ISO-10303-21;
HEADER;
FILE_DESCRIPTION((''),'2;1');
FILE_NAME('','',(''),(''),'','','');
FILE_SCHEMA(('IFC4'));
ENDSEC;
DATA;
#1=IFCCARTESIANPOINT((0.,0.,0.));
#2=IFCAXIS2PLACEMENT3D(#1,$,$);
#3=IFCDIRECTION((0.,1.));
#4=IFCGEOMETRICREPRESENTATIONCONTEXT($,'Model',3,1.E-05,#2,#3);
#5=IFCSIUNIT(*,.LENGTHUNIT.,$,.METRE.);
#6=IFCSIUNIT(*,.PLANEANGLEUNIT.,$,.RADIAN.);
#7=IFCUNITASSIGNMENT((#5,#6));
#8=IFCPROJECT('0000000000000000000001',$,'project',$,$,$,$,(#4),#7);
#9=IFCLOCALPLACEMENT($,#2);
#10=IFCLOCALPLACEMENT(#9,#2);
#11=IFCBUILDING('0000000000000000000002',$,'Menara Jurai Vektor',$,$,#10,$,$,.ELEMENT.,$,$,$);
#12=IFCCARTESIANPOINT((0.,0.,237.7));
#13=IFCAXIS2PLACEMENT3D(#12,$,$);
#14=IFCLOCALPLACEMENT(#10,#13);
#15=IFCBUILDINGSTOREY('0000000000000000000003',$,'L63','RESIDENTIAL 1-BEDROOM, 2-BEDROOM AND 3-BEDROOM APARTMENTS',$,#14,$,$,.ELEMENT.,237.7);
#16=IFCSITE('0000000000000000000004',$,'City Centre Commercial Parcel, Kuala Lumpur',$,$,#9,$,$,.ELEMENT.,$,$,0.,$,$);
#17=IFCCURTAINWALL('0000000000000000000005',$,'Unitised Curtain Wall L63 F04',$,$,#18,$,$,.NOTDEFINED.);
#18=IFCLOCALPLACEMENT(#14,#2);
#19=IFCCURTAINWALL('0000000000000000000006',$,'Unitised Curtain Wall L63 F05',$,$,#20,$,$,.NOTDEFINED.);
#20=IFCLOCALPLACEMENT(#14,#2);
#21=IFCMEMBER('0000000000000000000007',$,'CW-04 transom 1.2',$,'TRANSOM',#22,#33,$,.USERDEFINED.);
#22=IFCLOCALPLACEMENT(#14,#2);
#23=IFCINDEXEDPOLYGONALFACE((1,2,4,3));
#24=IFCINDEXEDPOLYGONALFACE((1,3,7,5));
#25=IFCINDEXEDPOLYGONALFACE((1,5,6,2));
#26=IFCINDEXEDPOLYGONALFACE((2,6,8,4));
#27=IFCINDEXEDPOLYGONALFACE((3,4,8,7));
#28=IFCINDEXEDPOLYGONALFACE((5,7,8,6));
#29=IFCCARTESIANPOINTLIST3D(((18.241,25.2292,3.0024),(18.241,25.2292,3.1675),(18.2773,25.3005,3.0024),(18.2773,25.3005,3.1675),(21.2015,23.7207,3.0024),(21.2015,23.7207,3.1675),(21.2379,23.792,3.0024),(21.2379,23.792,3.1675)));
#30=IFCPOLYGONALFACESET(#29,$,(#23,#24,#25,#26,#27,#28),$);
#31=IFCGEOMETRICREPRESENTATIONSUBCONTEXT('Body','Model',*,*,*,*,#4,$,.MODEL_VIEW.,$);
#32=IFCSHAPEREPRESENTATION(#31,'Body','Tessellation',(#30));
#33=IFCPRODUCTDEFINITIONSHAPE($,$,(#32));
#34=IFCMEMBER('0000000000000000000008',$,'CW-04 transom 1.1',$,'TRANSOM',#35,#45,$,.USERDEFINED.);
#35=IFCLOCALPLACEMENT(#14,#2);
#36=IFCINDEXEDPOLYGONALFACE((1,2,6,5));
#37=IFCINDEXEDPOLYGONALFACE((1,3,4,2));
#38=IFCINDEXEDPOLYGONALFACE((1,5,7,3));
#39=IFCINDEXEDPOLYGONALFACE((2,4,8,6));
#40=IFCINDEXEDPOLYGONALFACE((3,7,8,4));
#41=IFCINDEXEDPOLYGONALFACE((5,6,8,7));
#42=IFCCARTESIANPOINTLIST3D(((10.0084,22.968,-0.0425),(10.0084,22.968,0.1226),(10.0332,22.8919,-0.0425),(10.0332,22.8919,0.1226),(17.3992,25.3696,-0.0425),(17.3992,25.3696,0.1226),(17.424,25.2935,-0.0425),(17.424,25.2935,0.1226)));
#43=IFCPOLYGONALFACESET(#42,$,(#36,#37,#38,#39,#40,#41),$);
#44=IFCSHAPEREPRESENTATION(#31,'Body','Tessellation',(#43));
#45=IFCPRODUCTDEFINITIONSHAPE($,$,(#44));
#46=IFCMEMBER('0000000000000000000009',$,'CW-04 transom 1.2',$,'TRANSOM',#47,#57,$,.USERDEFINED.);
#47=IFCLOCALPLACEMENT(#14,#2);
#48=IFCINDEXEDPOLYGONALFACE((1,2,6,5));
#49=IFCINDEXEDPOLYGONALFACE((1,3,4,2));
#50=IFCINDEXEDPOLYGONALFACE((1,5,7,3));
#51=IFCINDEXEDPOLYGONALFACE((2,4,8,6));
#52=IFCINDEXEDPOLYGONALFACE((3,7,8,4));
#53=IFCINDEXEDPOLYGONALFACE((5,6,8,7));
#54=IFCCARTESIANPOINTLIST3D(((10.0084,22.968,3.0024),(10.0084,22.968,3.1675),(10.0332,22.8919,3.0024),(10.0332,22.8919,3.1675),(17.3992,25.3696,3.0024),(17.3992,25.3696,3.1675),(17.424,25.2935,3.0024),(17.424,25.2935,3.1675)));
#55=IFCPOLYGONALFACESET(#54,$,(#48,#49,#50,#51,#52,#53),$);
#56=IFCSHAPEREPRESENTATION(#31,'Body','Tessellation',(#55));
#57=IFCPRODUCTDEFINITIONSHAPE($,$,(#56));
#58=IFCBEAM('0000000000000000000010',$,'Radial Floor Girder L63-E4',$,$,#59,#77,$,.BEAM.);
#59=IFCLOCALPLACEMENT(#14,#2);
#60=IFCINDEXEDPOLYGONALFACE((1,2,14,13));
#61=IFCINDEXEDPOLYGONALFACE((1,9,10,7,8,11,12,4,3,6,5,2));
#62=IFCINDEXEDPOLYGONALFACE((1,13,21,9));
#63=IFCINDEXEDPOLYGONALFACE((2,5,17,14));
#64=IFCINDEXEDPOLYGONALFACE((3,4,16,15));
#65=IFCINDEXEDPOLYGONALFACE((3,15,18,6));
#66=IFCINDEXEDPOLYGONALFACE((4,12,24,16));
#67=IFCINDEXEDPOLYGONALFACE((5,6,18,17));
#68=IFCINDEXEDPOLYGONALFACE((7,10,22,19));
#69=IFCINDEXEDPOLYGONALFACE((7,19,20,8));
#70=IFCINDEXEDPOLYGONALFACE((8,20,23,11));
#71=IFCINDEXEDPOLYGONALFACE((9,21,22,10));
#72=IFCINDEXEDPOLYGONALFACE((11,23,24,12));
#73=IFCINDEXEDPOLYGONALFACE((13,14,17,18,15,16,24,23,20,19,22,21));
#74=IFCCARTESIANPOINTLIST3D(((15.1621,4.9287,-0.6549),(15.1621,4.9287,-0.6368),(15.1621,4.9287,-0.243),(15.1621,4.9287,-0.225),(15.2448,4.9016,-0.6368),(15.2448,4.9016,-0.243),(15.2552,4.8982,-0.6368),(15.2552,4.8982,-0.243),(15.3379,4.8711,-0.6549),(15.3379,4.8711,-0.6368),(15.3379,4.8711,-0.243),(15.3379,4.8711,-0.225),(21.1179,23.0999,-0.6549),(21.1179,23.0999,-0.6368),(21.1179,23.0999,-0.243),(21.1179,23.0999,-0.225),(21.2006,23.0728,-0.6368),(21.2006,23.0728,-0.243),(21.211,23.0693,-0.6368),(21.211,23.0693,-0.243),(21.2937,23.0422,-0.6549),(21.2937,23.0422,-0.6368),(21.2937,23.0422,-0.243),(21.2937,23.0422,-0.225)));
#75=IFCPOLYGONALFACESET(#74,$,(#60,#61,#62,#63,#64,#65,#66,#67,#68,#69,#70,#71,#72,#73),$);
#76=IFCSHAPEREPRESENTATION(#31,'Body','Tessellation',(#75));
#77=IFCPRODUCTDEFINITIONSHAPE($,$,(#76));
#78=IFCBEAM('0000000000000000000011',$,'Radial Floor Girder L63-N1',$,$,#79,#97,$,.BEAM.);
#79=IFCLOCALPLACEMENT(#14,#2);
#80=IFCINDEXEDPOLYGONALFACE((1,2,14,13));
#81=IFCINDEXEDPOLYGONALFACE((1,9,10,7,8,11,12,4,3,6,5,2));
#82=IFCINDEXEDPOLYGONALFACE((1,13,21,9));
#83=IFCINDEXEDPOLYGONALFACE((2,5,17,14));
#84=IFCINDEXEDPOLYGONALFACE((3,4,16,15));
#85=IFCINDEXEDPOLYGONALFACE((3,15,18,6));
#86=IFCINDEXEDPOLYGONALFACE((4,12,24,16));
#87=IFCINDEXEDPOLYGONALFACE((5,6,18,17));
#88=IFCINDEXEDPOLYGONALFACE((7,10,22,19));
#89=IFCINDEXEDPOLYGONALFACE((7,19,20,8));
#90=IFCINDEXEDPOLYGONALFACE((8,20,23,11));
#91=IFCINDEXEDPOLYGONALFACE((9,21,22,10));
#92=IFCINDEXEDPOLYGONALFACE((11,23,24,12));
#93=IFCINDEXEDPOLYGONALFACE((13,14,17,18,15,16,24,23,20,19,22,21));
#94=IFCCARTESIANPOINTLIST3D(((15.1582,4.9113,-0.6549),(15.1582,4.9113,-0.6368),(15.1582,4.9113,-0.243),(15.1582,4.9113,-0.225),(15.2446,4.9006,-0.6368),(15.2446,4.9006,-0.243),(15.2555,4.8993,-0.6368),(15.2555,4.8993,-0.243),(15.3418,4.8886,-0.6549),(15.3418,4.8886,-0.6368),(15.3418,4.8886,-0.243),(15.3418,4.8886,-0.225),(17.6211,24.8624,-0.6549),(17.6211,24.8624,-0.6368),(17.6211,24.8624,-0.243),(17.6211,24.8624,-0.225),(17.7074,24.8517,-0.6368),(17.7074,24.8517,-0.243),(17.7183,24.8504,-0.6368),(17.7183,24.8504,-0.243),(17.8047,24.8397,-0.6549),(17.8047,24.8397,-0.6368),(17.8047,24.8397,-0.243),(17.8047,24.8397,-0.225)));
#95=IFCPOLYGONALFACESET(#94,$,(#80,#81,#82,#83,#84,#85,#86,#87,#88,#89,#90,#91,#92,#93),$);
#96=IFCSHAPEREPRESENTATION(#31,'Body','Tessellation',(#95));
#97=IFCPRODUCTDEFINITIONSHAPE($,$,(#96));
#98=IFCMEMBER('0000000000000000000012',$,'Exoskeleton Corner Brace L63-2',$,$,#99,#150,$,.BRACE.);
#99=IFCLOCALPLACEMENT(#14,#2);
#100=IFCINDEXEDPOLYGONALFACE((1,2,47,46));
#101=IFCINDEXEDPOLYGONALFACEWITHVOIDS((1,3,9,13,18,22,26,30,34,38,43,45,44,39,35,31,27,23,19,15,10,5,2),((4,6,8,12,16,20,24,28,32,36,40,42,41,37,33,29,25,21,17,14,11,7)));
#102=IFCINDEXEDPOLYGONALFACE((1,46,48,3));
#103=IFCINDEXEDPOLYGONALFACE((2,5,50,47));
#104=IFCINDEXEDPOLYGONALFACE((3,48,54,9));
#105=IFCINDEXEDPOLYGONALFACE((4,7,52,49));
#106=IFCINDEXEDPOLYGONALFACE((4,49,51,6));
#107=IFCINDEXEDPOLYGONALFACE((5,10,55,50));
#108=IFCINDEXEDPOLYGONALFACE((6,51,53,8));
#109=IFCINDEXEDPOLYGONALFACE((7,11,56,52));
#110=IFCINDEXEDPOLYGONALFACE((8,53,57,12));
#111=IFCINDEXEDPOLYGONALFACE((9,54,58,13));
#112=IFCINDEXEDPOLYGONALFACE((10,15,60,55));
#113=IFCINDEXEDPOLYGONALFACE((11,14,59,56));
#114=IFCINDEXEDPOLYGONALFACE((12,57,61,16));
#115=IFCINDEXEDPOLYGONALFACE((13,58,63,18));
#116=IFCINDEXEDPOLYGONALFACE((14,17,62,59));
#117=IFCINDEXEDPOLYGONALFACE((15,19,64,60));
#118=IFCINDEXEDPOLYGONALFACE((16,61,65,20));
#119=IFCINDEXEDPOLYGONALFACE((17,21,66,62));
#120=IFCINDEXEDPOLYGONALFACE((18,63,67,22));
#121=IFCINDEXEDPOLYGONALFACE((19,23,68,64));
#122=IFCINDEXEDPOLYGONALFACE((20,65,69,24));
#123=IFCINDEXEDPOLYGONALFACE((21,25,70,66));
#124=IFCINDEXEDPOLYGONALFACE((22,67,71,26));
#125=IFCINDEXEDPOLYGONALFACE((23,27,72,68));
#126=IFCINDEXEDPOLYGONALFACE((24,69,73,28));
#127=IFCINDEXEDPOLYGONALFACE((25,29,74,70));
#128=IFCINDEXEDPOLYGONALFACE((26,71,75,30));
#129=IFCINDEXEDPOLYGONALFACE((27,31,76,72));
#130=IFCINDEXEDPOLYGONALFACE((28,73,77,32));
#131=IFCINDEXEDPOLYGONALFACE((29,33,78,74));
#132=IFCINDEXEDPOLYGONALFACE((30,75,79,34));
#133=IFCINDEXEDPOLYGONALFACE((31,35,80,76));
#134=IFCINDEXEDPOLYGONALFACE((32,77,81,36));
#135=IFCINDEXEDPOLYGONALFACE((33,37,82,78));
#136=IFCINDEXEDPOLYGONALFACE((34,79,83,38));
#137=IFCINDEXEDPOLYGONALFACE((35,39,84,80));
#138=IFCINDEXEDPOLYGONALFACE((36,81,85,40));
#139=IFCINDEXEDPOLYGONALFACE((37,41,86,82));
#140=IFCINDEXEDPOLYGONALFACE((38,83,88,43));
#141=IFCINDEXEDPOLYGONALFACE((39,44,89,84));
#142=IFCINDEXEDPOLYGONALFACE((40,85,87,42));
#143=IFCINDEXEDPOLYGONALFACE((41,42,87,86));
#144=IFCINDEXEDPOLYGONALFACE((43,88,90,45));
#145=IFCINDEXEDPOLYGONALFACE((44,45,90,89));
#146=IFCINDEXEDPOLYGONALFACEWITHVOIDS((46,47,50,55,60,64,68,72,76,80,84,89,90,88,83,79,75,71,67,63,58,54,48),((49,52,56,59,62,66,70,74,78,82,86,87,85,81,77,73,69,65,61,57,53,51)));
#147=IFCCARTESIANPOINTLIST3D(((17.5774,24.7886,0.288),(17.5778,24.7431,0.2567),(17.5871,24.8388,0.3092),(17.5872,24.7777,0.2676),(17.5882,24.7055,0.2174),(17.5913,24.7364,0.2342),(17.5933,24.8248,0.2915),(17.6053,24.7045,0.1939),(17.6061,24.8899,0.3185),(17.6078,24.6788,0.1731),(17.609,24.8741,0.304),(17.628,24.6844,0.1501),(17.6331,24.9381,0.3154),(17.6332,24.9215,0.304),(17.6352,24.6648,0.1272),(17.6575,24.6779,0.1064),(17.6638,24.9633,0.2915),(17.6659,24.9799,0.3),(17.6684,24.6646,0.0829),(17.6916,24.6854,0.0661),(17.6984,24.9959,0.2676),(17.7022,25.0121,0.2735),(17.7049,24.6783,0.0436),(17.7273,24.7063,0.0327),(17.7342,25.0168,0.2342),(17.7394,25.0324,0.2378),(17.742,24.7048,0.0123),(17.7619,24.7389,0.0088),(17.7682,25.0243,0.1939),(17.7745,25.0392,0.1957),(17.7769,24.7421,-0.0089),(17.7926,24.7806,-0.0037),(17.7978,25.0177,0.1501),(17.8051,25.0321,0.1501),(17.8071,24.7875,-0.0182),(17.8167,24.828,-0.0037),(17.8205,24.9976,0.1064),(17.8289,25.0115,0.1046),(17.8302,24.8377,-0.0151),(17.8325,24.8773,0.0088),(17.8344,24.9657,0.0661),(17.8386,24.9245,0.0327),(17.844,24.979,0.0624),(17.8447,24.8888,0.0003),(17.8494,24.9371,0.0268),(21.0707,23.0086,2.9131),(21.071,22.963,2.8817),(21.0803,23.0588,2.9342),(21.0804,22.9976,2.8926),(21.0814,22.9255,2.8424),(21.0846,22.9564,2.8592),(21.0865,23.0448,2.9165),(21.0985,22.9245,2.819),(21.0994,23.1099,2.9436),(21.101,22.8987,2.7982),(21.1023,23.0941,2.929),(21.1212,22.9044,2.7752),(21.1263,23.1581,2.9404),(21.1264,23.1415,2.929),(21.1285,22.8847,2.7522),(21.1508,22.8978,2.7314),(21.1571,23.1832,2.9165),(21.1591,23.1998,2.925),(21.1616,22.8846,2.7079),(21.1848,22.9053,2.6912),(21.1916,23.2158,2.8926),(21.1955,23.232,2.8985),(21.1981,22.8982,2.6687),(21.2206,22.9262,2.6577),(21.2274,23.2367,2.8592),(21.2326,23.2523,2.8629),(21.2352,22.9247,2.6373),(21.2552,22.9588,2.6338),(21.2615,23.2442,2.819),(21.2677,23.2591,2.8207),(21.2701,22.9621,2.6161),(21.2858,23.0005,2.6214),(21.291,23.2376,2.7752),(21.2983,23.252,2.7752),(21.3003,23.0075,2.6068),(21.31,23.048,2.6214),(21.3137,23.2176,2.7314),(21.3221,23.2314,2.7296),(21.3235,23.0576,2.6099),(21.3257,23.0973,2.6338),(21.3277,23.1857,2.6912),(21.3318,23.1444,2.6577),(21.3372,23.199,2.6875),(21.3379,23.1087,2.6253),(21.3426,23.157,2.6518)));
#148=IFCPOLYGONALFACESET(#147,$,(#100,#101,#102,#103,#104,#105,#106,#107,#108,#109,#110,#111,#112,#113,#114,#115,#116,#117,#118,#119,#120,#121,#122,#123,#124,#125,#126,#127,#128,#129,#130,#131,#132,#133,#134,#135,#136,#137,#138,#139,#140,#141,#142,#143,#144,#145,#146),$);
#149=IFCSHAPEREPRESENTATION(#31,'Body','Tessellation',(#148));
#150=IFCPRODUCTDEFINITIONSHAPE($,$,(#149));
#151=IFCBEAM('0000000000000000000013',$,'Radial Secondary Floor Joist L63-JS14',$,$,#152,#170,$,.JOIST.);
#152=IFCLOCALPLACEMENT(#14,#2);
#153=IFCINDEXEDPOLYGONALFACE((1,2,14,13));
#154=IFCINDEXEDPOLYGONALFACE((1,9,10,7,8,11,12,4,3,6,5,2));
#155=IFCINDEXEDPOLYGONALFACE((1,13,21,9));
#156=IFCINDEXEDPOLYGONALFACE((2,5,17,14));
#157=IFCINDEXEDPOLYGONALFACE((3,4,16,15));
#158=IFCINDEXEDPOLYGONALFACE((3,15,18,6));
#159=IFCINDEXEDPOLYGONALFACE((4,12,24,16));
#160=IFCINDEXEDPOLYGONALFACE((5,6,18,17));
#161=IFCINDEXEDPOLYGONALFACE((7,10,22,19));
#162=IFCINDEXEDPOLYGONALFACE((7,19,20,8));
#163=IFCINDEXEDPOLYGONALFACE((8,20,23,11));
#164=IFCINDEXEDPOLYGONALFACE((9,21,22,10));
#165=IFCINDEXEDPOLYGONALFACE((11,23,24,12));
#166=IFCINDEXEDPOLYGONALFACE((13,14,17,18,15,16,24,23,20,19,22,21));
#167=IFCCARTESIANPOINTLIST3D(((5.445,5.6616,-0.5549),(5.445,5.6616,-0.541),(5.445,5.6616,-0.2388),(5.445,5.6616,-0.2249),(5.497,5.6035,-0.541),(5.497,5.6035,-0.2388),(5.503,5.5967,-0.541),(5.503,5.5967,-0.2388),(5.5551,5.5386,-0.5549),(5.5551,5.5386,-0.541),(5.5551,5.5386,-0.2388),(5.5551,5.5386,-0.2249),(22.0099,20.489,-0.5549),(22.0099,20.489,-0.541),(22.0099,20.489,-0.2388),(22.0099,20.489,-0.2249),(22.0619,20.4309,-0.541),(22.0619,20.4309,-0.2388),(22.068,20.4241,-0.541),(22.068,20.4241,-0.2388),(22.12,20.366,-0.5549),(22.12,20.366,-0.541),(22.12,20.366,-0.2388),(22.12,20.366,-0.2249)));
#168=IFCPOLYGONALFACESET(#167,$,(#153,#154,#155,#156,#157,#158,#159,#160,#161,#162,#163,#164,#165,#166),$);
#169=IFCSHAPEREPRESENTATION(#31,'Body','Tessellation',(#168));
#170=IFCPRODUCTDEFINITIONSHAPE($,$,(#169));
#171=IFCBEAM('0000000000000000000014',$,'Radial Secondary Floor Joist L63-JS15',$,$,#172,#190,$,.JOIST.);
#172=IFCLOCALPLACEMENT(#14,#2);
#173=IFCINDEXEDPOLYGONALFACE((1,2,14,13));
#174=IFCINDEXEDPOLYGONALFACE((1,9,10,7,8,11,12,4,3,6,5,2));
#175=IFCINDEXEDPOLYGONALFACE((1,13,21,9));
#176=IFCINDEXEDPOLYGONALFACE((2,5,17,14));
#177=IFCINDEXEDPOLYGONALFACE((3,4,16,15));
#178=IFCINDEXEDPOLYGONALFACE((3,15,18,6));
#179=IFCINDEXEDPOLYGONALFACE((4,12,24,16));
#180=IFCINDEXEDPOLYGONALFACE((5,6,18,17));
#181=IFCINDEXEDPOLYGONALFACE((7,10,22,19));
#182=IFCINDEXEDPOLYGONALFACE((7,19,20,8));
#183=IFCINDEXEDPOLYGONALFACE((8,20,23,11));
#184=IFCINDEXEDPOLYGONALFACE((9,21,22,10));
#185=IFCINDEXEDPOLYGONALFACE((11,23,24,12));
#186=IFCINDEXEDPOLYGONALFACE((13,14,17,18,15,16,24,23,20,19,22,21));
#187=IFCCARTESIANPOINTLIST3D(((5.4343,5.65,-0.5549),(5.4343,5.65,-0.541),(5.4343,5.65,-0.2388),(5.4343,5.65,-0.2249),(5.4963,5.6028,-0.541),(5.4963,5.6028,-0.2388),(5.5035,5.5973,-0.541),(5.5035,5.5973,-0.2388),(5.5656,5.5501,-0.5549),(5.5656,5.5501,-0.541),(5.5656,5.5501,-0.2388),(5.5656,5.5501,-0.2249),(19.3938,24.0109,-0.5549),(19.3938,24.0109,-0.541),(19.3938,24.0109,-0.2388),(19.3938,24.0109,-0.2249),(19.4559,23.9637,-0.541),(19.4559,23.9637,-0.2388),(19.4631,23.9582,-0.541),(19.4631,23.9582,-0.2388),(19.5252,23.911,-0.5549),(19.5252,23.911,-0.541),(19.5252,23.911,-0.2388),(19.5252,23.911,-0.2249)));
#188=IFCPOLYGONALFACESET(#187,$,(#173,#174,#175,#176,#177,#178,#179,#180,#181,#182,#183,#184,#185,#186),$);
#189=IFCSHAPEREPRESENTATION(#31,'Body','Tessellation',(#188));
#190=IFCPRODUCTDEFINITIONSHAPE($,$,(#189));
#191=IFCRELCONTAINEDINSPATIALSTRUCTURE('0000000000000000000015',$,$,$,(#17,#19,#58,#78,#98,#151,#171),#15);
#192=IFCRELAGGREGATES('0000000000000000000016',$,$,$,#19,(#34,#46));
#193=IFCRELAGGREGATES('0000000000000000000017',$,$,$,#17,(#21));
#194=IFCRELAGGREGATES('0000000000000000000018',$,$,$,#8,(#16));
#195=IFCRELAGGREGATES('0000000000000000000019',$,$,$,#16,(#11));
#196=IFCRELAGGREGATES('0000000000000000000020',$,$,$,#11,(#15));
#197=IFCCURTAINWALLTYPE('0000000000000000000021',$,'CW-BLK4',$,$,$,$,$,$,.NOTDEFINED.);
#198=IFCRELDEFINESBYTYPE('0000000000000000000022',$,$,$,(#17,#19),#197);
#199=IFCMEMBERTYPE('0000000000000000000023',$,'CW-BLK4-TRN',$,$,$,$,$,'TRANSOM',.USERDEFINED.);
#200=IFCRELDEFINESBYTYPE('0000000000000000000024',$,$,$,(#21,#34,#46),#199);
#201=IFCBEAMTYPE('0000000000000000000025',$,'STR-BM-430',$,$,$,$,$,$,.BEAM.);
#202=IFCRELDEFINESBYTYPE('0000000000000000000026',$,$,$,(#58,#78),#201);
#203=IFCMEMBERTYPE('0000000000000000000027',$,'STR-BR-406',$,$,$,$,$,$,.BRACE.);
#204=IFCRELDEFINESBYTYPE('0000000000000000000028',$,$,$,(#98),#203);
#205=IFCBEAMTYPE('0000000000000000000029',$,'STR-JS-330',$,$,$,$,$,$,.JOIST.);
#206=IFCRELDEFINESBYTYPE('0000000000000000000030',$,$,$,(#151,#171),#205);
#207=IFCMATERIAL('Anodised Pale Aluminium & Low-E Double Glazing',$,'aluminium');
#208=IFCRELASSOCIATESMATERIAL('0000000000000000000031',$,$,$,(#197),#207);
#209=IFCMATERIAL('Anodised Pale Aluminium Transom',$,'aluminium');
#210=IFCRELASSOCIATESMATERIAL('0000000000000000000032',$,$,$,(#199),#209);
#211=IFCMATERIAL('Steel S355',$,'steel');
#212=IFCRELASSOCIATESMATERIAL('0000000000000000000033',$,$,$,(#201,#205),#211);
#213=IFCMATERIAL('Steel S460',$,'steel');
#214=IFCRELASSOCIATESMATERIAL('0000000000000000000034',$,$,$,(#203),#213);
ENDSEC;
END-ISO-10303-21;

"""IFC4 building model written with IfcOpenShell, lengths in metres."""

from ifc_helpers import new_model, si_unit, direction, frame, origin, origin_2d, place, context, subcontext, project, spatial, rectangle, hollow_circle, i_section, extrude, material, material_profile, profile_set, type_object, element, aggregate, save


model = new_model("IFC4")

# Units and contexts
model_context = context("Model", 3, precision=1e-05, world=origin(), true_north=direction((0.0, 1.0)))
body_context = subcontext(model_context, "Body", "Model", "MODEL_VIEW")
ifc_project = project(units=[si_unit("LENGTHUNIT", "METRE"), si_unit("PLANEANGLEUNIT", "RADIAN")], contexts=[model_context])

# Site, building, storey
site_placement = place(None, origin())
site = spatial("IfcSite", under=ifc_project, at=site_placement, Name="City Centre Commercial Parcel, Kuala Lumpur", CompositionType="ELEMENT", RefElevation=0.0)
building_placement = place(site_placement, origin())
building = spatial("IfcBuilding", under=site, at=building_placement, Name="Menara Jurai Vektor", CompositionType="ELEMENT")
storey_placement = place(building_placement, frame((0.0, 0.0, 237.7)))
storey = spatial("IfcBuildingStorey", under=building, at=storey_placement, Name="L63", Description="RESIDENTIAL 1-BEDROOM, 2-BEDROOM AND 3-BEDROOM APARTMENTS", CompositionType="ELEMENT", Elevation=237.7)

# Shared definitions
ifc_material_1 = material(Name="Steel S460", Category="steel")

# Shared definitions
ifc_material_2 = material(Name="Anodised Pale Aluminium & Low-E Double Glazing", Category="aluminium")
curtain_wall_type = type_object("IfcCurtainWallType", Name="CW-BLK4", PredefinedType="NOTDEFINED", material=ifc_material_2)

# Curtain wall
curtain_wall_1_placement = place(storey_placement, origin())
curtain_wall_1 = element("IfcCurtainWall", 1, at=curtain_wall_1_placement, inside=storey, type_object=curtain_wall_type, Name="Unitised Curtain Wall L63 F04", PredefinedType="NOTDEFINED")

# Curtain wall
curtain_wall_2_placement = place(storey_placement, origin())
curtain_wall_2 = element("IfcCurtainWall", 2, at=curtain_wall_2_placement, inside=storey, type_object=curtain_wall_type, Name="Unitised Curtain Wall L63 F05", PredefinedType="NOTDEFINED")

# Members
ifc_material_3 = material(Name="Anodised Pale Aluminium Transom", Category="aluminium")
ifc_material_profile_1 = material_profile(ifc_material_3, rectangle(XDim=0.0801, YDim=0.165, at=origin_2d()), Name="ALU TRN 80x165")
ifc_profile_set_1 = profile_set([ifc_material_profile_1], Name="Anodised Pale Aluminium Transom")
member_type_1 = type_object("IfcMemberType", Name="CW-BLK4-TRN", ElementType="TRANSOM", PredefinedType="USERDEFINED", material=ifc_profile_set_1)
member_1_placement = place(storey_placement, frame((21.2197, 23.7563, 3.085), z_axis=(-0.891007, 0.45399, 0.0), x_axis=(-0.45399, -0.891007, 0.0)))
member_1 = element("IfcMember", 3, at=member_1_placement, type_object=member_type_1, Name="CW-04 transom 1.2", ObjectType="TRANSOM", PredefinedType="USERDEFINED", context=body_context, shape_type="SweptSolid", body=[
    extrude(rectangle(XDim=0.0801, YDim=0.165, at=origin_2d()), origin(), (0.0, 0.0, 1.0), 3.3228),
])
member_2_placement = place(storey_placement, frame((17.4116, 25.3315, 0.04), z_axis=(-0.95105, -0.309037, 0.0), x_axis=(0.309037, -0.95105, 0.0)))
member_2 = element("IfcMember", 4, at=member_2_placement, type_object=member_type_1, Name="CW-04 transom 1.1", ObjectType="TRANSOM", PredefinedType="USERDEFINED", context=body_context, shape_type="SweptSolid", body=[
    extrude(rectangle(XDim=0.0801, YDim=0.165, at=origin_2d()), origin(), (0.0, 0.0, 1.0), 7.7712),
])
member_3_placement = place(storey_placement, frame((17.4116, 25.3315, 3.085), z_axis=(-0.95105, -0.309037, 0.0), x_axis=(0.309037, -0.95105, 0.0)))
member_3 = element("IfcMember", 5, at=member_3_placement, type_object=member_type_1, Name="CW-04 transom 1.2", ObjectType="TRANSOM", PredefinedType="USERDEFINED", context=body_context, shape_type="SweptSolid", body=[
    extrude(rectangle(XDim=0.0801, YDim=0.165, at=origin_2d()), origin(), (0.0, 0.0, 1.0), 7.7712),
])

# Beams
ifc_material_4 = material(Name="Steel S355", Category="steel")
ifc_material_profile_2 = material_profile(ifc_material_4, i_section(OverallWidth=0.1851, OverallDepth=0.4299, WebThickness=0.011, FlangeThickness=0.0181, at=origin_2d()), Name="PG 430x185x76")
ifc_profile_set_2 = profile_set([ifc_material_profile_2], Name="Steel S355")
beam_type_1 = type_object("IfcBeamType", Name="STR-BM-430", PredefinedType="BEAM", material=ifc_profile_set_2)
beam_1_placement = place(storey_placement, frame((21.2058, 23.071, -0.4399), z_axis=(-0.311459, -0.95026, 0.0), x_axis=(0.95026, -0.311459, 0.0)))
element("IfcBeam", 6, at=beam_1_placement, inside=storey, type_object=beam_type_1, Name="Radial Floor Girder L63-E4", PredefinedType="BEAM", context=body_context, shape_type="SweptSolid", body=[
    extrude(i_section(OverallWidth=0.1851, OverallDepth=0.4299, WebThickness=0.011, FlangeThickness=0.0181, at=origin_2d()), origin(), (0.0, 0.0, 1.0), 19.1223),
])
beam_2_placement = place(storey_placement, frame((17.7129, 24.8511, -0.4399), z_axis=(-0.122516, -0.992467, 0.0), x_axis=(0.992467, -0.122516, 0.0)))
element("IfcBeam", 7, at=beam_2_placement, inside=storey, type_object=beam_type_1, Name="Radial Floor Girder L63-N1", PredefinedType="BEAM", context=body_context, shape_type="SweptSolid", body=[
    extrude(i_section(OverallWidth=0.1851, OverallDepth=0.4299, WebThickness=0.011, FlangeThickness=0.0181, at=origin_2d()), origin(), (0.0, 0.0, 1.0), 20.1025),
])

# Member
ifc_material_profile_3 = material_profile(ifc_material_1, hollow_circle(Radius=0.2031, WallThickness=0.0161, at=origin_2d()), Name="CHS 406.4x16")
ifc_profile_set_3 = profile_set([ifc_material_profile_3], Name="Steel S460")
member_type_2 = type_object("IfcMemberType", Name="STR-BR-406", PredefinedType="BRACE", material=ifc_profile_set_3)
member_4_placement = place(storey_placement, frame((17.7129, 24.8511, 0.1501), z_axis=(0.740361, -0.377269, 0.556357), x_axis=(0.454026, 0.890989, 0.0)))
element("IfcMember", 8, at=member_4_placement, inside=storey, type_object=member_type_2, Name="Exoskeleton Corner Brace L63-2", PredefinedType="BRACE", context=body_context, shape_type="SweptSolid", body=[
    extrude(hollow_circle(Radius=0.2031, WallThickness=0.0161, at=origin_2d()), origin(), (0.0, 0.0, 1.0), 4.7183),
])

# Beams
ifc_material_profile_4 = material_profile(ifc_material_4, i_section(OverallWidth=0.165, OverallDepth=0.3301, WebThickness=0.009, FlangeThickness=0.0139, at=origin_2d()), Name="PG 330x165x46")
ifc_profile_set_4 = profile_set([ifc_material_profile_4], Name="Steel S355")
beam_type_2 = type_object("IfcBeamType", Name="STR-JS-330", PredefinedType="JOIST", material=ifc_profile_set_4)
beam_3_placement = place(storey_placement, frame((22.0649, 20.4275, -0.3899), z_axis=(-0.745104, -0.666948, 0.0), x_axis=(0.666948, -0.745104, 0.0)))
element("IfcBeam", 9, at=beam_3_placement, inside=storey, type_object=beam_type_2, Name="Radial Secondary Floor Joist L63-JS14", PredefinedType="JOIST", context=body_context, shape_type="SweptSolid", body=[
    extrude(i_section(OverallWidth=0.165, OverallDepth=0.3301, WebThickness=0.009, FlangeThickness=0.0139, at=origin_2d()), origin(), (0.0, 0.0, 1.0), 22.2317),
])
beam_4_placement = place(storey_placement, frame((19.4595, 23.9609, -0.3899), z_axis=(-0.605227, -0.796053, 0.0), x_axis=(0.796053, -0.605227, 0.0)))
element("IfcBeam", 10, at=beam_4_placement, inside=storey, type_object=beam_type_2, Name="Radial Secondary Floor Joist L63-JS15", PredefinedType="JOIST", context=body_context, shape_type="SweptSolid", body=[
    extrude(i_section(OverallWidth=0.165, OverallDepth=0.3301, WebThickness=0.009, FlangeThickness=0.0139, at=origin_2d()), origin(), (0.0, 0.0, 1.0), 23.0649),
])

aggregate(curtain_wall_2, [member_2, member_3])
aggregate(curtain_wall_1, [member_1])

save(model, "model.ifc")
